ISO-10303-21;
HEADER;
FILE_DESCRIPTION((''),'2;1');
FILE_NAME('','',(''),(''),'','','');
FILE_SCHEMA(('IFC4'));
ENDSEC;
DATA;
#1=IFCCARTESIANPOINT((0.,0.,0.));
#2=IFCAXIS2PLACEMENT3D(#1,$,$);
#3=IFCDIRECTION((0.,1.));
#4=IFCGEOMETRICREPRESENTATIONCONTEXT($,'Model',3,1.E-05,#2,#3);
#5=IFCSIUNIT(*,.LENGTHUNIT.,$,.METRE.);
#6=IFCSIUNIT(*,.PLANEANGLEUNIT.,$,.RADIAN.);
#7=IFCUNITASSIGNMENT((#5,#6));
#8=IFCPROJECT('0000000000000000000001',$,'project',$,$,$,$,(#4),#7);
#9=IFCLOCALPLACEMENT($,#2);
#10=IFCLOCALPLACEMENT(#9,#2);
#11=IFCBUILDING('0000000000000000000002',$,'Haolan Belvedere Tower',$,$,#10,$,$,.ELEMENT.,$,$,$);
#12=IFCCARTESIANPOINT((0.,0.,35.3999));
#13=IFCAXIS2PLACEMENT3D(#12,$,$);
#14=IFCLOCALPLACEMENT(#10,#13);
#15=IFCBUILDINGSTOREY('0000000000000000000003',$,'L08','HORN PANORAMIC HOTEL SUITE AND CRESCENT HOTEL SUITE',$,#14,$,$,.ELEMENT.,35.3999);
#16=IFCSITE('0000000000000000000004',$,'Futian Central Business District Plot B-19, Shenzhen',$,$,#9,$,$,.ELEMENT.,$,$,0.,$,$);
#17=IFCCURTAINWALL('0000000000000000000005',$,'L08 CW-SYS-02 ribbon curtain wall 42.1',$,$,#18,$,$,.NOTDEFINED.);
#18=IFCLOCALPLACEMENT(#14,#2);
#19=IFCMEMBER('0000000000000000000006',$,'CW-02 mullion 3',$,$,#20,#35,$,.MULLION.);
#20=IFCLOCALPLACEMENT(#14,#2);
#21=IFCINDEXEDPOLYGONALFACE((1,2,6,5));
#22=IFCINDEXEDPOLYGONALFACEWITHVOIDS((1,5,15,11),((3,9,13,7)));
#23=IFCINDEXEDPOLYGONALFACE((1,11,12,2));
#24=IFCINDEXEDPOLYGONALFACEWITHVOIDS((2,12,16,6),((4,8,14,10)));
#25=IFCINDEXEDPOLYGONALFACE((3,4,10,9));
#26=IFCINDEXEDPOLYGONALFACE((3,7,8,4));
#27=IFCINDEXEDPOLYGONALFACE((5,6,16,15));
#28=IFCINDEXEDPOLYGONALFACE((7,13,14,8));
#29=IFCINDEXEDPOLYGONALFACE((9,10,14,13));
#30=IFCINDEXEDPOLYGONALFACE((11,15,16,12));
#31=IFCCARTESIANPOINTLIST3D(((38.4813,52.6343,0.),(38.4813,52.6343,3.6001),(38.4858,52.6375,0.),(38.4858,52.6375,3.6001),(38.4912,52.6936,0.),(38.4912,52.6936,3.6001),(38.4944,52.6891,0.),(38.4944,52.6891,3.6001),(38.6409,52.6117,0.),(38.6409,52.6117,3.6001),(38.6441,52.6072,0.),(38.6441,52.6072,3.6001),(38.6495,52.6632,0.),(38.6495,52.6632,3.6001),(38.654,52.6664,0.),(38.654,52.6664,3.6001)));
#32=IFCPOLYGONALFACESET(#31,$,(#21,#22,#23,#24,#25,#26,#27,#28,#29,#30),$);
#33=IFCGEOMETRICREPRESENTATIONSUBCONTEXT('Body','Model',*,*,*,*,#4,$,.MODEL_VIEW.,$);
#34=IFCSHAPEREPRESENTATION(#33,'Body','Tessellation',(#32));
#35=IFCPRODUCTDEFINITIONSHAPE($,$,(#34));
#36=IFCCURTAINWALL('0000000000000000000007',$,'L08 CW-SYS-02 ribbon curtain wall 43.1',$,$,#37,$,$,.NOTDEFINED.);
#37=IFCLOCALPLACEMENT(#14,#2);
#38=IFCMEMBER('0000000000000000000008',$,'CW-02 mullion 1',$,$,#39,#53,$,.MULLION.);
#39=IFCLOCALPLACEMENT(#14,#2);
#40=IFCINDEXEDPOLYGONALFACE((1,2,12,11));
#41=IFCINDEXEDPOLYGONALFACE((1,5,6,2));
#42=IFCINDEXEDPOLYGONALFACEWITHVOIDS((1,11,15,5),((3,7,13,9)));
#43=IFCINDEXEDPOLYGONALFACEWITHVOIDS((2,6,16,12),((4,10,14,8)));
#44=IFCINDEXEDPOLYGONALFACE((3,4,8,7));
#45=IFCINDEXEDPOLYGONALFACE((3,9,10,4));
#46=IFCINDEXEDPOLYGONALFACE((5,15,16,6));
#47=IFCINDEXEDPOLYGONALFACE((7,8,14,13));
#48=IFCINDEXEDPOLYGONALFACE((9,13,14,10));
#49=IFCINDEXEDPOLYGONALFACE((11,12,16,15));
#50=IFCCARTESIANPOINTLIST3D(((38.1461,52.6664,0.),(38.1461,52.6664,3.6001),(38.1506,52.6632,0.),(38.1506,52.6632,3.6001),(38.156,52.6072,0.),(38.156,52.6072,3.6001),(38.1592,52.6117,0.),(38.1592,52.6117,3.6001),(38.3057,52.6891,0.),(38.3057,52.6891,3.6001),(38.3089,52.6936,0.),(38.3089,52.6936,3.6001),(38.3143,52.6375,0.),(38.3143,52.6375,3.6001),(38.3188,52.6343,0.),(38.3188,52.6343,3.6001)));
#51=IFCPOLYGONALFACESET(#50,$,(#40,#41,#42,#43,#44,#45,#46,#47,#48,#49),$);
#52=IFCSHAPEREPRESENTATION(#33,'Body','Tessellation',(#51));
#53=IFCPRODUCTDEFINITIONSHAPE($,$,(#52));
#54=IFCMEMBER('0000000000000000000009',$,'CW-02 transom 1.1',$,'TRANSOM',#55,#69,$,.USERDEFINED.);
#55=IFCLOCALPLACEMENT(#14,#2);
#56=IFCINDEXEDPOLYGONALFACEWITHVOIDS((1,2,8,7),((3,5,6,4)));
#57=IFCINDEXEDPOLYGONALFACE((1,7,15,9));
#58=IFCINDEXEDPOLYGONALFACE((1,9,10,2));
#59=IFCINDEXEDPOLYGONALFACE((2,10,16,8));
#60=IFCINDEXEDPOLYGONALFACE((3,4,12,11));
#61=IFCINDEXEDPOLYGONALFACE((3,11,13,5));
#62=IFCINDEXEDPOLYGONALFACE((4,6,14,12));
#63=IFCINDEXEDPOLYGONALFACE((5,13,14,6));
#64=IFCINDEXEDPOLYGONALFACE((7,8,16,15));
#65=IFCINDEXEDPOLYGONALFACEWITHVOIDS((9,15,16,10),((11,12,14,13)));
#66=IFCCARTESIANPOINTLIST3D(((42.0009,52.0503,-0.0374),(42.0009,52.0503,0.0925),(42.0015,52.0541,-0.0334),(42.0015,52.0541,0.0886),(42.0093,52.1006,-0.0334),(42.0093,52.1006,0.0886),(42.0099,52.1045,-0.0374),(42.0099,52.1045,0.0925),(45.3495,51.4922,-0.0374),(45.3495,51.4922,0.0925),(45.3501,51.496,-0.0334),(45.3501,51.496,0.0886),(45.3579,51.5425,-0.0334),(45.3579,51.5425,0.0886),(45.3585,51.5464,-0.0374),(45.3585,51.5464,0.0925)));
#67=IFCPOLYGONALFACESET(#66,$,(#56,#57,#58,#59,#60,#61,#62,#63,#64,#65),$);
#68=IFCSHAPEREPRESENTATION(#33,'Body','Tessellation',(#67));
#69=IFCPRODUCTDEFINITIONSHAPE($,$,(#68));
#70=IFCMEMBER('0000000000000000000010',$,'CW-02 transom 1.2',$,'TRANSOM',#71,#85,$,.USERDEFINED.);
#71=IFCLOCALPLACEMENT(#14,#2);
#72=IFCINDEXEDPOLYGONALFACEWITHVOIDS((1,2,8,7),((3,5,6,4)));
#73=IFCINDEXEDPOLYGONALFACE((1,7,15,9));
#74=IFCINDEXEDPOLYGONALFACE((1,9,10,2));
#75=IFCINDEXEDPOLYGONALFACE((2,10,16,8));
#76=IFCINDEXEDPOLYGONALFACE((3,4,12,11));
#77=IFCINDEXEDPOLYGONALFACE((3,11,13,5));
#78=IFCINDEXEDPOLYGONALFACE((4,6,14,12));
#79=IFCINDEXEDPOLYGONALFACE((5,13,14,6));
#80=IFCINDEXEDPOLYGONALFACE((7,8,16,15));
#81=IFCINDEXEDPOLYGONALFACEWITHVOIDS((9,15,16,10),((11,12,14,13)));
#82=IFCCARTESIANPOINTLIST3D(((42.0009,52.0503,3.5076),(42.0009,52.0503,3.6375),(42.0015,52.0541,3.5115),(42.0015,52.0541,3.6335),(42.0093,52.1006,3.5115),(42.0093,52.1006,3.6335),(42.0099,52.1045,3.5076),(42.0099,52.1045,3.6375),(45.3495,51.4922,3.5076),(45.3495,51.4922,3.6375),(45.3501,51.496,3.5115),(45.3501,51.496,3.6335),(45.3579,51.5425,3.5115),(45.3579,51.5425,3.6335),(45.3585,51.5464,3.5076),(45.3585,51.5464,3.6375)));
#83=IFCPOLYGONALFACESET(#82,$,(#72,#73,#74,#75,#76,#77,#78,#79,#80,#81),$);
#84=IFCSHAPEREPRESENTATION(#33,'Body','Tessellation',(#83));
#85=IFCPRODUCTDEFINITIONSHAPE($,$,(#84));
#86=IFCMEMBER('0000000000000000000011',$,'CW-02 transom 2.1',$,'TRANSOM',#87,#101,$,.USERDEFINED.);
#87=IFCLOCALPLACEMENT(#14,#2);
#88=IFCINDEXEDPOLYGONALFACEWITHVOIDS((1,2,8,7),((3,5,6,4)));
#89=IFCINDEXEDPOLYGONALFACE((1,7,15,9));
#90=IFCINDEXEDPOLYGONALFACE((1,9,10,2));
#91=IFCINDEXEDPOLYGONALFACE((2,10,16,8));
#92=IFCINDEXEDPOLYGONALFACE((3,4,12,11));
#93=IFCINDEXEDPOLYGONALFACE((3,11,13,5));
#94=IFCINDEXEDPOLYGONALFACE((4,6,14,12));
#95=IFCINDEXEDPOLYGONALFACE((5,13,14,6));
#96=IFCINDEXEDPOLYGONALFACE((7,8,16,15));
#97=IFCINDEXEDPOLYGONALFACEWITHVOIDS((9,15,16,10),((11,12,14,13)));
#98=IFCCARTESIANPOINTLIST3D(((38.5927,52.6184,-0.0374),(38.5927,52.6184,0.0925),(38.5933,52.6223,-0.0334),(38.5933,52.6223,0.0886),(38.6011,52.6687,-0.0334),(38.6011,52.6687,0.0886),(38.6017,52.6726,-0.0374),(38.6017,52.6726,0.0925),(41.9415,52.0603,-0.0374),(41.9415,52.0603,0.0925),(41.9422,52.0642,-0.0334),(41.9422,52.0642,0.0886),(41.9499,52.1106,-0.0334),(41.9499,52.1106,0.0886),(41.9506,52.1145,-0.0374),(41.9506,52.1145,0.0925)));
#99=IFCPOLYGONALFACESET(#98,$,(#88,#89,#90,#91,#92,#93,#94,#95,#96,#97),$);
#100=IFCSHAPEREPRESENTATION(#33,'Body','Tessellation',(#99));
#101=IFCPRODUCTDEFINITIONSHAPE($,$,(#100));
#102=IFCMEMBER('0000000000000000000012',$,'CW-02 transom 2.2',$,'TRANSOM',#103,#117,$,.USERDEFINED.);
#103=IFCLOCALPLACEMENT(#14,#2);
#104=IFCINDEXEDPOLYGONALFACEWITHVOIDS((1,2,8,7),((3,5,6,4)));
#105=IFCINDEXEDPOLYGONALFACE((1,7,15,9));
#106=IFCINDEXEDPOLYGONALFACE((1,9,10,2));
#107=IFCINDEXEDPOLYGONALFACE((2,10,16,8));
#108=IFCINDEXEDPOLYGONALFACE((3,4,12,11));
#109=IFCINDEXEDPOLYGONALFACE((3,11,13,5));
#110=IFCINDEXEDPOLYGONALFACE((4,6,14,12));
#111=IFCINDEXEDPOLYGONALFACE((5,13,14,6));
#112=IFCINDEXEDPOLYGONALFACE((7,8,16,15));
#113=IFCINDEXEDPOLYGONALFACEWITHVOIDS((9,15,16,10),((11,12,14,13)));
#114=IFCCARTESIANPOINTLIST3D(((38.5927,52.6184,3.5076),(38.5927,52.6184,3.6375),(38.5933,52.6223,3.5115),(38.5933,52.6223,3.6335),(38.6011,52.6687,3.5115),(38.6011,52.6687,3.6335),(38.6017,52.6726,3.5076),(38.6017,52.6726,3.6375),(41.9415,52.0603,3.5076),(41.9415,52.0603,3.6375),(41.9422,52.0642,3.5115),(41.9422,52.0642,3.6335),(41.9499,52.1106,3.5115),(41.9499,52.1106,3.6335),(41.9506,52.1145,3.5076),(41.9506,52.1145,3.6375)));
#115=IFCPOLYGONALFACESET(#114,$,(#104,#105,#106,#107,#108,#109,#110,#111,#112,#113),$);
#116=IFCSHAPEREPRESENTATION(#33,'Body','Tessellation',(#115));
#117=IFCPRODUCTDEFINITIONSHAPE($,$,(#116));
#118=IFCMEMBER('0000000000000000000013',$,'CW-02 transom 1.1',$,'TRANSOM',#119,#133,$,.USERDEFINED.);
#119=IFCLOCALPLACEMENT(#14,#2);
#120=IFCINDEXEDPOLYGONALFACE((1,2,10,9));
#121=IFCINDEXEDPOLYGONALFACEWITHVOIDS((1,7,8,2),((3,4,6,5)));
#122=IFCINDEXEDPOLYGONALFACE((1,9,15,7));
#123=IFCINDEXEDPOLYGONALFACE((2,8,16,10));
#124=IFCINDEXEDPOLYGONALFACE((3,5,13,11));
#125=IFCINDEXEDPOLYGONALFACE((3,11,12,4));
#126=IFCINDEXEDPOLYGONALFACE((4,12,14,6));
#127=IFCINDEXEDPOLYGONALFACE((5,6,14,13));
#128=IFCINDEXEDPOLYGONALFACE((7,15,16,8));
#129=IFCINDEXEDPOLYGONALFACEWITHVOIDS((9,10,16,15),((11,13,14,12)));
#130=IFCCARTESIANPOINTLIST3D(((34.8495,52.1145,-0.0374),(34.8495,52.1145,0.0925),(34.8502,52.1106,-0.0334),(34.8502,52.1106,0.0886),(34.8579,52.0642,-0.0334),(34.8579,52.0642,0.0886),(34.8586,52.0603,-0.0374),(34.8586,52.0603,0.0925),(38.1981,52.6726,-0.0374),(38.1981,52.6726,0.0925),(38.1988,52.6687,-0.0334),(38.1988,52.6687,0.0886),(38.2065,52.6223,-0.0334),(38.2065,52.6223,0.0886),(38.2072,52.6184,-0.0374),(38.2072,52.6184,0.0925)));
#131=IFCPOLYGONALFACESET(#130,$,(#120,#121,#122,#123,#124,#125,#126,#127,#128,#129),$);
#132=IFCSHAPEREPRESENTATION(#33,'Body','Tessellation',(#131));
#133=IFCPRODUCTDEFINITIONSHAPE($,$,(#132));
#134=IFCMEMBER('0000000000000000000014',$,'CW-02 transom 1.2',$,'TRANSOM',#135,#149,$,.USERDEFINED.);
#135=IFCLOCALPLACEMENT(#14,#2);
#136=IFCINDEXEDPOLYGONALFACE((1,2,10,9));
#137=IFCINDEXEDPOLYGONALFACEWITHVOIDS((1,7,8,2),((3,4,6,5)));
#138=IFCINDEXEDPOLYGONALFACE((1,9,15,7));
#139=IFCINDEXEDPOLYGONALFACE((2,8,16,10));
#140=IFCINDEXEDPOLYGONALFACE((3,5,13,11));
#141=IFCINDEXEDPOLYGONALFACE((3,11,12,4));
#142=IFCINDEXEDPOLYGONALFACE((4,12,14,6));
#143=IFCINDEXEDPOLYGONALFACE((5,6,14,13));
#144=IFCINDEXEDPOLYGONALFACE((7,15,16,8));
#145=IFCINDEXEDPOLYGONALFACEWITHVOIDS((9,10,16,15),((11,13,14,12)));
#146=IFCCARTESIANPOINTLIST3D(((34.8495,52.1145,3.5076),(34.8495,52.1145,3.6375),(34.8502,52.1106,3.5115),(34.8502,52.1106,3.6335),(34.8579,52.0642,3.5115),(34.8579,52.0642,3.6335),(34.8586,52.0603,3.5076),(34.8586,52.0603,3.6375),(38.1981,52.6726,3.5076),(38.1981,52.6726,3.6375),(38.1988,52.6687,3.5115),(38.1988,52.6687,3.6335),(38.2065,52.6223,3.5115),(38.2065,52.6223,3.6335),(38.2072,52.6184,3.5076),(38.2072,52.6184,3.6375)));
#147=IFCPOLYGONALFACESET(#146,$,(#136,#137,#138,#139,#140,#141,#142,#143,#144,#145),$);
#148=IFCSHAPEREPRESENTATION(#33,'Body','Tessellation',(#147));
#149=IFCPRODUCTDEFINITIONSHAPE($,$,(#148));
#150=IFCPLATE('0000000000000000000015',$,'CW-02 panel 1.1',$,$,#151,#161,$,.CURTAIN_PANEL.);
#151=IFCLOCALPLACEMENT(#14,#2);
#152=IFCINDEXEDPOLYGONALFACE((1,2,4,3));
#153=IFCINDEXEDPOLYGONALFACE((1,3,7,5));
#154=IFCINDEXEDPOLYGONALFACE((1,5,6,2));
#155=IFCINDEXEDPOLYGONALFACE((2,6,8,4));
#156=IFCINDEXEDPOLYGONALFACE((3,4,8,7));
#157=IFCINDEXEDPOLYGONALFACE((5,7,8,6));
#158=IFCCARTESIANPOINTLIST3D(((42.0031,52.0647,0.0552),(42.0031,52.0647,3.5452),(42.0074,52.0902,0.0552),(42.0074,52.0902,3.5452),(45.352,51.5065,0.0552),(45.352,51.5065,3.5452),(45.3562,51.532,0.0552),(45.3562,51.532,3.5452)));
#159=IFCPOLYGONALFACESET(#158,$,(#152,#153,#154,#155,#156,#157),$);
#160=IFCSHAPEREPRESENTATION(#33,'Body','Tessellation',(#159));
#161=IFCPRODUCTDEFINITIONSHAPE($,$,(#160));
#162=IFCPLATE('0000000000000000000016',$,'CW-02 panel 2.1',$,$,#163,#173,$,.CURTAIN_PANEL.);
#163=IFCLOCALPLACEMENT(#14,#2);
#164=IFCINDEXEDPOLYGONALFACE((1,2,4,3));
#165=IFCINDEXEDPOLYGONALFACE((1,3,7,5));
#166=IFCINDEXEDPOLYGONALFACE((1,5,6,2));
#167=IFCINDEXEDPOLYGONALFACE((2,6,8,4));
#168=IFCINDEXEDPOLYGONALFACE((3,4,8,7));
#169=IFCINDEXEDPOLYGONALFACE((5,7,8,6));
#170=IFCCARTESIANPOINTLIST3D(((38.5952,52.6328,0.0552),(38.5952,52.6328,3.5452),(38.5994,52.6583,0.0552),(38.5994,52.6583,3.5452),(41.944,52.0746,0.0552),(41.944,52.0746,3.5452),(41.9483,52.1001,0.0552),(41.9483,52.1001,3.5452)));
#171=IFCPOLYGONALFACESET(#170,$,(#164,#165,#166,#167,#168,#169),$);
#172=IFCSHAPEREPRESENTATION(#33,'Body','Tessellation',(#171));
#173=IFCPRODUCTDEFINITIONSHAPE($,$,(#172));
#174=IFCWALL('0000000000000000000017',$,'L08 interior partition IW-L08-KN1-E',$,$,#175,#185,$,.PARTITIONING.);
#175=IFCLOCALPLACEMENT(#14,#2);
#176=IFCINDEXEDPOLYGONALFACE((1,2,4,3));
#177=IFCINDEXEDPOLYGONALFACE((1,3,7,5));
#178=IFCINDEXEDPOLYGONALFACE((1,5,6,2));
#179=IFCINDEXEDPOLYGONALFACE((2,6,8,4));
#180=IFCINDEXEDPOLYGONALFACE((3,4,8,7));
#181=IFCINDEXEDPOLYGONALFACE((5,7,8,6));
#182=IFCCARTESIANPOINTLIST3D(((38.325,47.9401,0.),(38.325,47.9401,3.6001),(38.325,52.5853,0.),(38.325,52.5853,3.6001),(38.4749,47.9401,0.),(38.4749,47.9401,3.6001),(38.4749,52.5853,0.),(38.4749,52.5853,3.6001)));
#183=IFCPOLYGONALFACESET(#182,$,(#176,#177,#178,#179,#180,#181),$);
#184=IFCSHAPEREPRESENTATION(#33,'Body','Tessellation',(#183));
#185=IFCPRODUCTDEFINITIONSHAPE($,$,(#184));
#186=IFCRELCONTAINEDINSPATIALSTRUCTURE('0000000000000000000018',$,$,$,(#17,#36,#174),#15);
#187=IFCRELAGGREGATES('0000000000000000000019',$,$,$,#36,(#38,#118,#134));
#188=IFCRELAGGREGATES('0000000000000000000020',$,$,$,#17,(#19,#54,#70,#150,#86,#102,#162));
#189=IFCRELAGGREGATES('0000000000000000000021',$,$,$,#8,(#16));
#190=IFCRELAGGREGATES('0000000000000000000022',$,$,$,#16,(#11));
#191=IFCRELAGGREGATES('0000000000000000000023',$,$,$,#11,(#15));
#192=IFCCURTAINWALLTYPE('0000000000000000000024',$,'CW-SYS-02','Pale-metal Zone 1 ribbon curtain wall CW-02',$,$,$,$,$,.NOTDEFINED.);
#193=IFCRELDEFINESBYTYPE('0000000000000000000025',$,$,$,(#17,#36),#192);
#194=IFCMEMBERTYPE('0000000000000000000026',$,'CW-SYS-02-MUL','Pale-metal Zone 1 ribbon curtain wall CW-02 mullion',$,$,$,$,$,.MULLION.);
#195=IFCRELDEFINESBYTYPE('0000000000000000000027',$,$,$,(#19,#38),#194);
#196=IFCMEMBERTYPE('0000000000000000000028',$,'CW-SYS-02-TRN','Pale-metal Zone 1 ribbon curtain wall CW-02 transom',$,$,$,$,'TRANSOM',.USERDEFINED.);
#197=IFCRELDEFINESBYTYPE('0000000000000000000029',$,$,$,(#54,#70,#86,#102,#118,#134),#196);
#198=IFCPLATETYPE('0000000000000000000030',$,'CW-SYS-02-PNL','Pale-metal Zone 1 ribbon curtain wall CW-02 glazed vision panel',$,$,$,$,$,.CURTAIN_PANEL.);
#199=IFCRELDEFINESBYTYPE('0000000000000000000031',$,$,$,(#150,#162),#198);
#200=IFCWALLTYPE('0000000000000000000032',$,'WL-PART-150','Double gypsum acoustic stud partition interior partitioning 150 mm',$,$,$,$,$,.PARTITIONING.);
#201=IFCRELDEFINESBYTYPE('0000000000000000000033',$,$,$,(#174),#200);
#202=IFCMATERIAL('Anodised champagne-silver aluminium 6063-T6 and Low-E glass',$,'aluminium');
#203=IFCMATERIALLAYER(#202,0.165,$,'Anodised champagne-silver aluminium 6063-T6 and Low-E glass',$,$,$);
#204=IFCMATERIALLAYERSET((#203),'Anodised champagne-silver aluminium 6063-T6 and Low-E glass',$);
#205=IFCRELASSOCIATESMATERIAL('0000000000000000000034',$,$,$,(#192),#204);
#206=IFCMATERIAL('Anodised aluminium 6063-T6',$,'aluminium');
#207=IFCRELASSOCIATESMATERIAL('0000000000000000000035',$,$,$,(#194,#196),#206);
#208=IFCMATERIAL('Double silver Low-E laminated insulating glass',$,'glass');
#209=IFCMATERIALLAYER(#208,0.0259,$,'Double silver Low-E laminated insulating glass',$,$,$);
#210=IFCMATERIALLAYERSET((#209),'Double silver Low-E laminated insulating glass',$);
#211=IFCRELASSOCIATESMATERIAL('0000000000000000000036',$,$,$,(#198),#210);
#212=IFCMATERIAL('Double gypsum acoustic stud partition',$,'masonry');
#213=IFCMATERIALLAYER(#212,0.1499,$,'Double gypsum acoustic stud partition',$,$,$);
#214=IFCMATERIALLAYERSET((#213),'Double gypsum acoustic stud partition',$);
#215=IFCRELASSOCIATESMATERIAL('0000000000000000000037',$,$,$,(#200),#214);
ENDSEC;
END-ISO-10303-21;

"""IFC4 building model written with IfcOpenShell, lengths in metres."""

from ifc_helpers import new_model, si_unit, direction, frame, frame_2d, origin, origin_2d, place, context, subcontext, project, spatial, rectangle, hollow_rectangle, extrude, material, layer, layer_set, material_profile, profile_set, type_object, element, aggregate, save


model = new_model("IFC4")

# Units and contexts
model_context = context("Model", 3, precision=1e-05, world=origin(), true_north=direction((0.0, 1.0)))
body_context = subcontext(model_context, "Body", "Model", "MODEL_VIEW")
ifc_project = project(units=[si_unit("LENGTHUNIT", "METRE"), si_unit("PLANEANGLEUNIT", "RADIAN")], contexts=[model_context])

# Site, building, storey
site_placement = place(None, origin())
site = spatial("IfcSite", under=ifc_project, at=site_placement, Name="Futian Central Business District Plot B-19, Shenzhen", CompositionType="ELEMENT", RefElevation=0.0)
building_placement = place(site_placement, origin())
building = spatial("IfcBuilding", under=site, at=building_placement, Name="Haolan Belvedere Tower", CompositionType="ELEMENT")
storey_placement = place(building_placement, frame((0.0, 0.0, 35.3999)))
storey = spatial("IfcBuildingStorey", under=building, at=storey_placement, Name="L08", Description="HORN PANORAMIC HOTEL SUITE AND CRESCENT HOTEL SUITE", CompositionType="ELEMENT", Elevation=35.3999)

# Curtain wall, member
ifc_material_1 = material(Name="Anodised champagne-silver aluminium 6063-T6 and Low-E glass", Category="aluminium")
ifc_layer_1 = layer(ifc_material_1, 0.165, Name="Anodised champagne-silver aluminium 6063-T6 and Low-E glass")
ifc_layer_set_1 = layer_set([ifc_layer_1], Name="Anodised champagne-silver aluminium 6063-T6 and Low-E glass")
curtain_wall_type = type_object("IfcCurtainWallType", Name="CW-SYS-02", Description="Pale-metal Zone 1 ribbon curtain wall CW-02", PredefinedType="NOTDEFINED", material=ifc_layer_set_1)
curtain_wall_1_placement = place(storey_placement, origin())
curtain_wall_1 = element("IfcCurtainWall", 1, at=curtain_wall_1_placement, inside=storey, type_object=curtain_wall_type, Name="L08 CW-SYS-02 ribbon curtain wall 42.1", PredefinedType="NOTDEFINED")
ifc_material_2 = material(Name="Anodised aluminium 6063-T6", Category="aluminium")
ifc_material_profile_1 = material_profile(ifc_material_2, hollow_rectangle(XDim=0.0601, YDim=0.165, WallThickness=0.0039, at=origin_2d()), Name="Anodised aluminium 6063-T6")
ifc_profile_set_1 = profile_set([ifc_material_profile_1], Name="Anodised aluminium 6063-T6")
member_type_1 = type_object("IfcMemberType", Name="CW-SYS-02-MUL", Description="Pale-metal Zone 1 ribbon curtain wall CW-02 mullion", PredefinedType="MULLION", material=ifc_profile_set_1)
member_1_placement = place(storey_placement, frame((38.5676, 52.6504, 0.0), z_axis=(0.0, 0.0, 1.0), x_axis=(-0.164404, -0.986393, 0.0)))
member_1 = element("IfcMember", 2, at=member_1_placement, type_object=member_type_1, Name="CW-02 mullion 3", PredefinedType="MULLION", context=body_context, shape_type="SweptSolid", body=[
    extrude(hollow_rectangle(XDim=0.0601, YDim=0.165, WallThickness=0.0039, at=origin_2d()), origin(), (0.0, 0.0, 1.0), 3.6001),
])

# Curtain wall, member
curtain_wall_2_placement = place(storey_placement, origin())
curtain_wall_2 = element("IfcCurtainWall", 3, at=curtain_wall_2_placement, inside=storey, type_object=curtain_wall_type, Name="L08 CW-SYS-02 ribbon curtain wall 43.1", PredefinedType="NOTDEFINED")
member_2_placement = place(storey_placement, frame((38.2324, 52.6504, 0.0), z_axis=(0.0, 0.0, 1.0), x_axis=(0.164404, -0.986393, 0.0)))
member_2 = element("IfcMember", 4, at=member_2_placement, type_object=member_type_1, Name="CW-02 mullion 1", PredefinedType="MULLION", context=body_context, shape_type="SweptSolid", body=[
    extrude(hollow_rectangle(XDim=0.0601, YDim=0.165, WallThickness=0.0039, at=origin_2d()), origin(), (0.0, 0.0, 1.0), 3.6001),
])

# Members
ifc_material_profile_2 = material_profile(ifc_material_2, hollow_rectangle(XDim=0.0549, YDim=0.1299, WallThickness=0.0039, at=origin_2d()), Name="Anodised aluminium 6063-T6")
ifc_profile_set_2 = profile_set([ifc_material_profile_2], Name="Anodised aluminium 6063-T6")
member_type_2 = type_object("IfcMemberType", Name="CW-SYS-02-TRN", Description="Pale-metal Zone 1 ribbon curtain wall CW-02 transom", ElementType="TRANSOM", PredefinedType="USERDEFINED", material=ifc_profile_set_2)
member_3_placement = place(storey_placement, frame((45.354, 51.5193, 0.0276), z_axis=(-0.986394, 0.164399, 0.0), x_axis=(-0.164399, -0.986394, 0.0)))
member_3 = element("IfcMember", 5, at=member_3_placement, type_object=member_type_2, Name="CW-02 transom 1.1", ObjectType="TRANSOM", PredefinedType="USERDEFINED", context=body_context, shape_type="SweptSolid", body=[
    extrude(hollow_rectangle(XDim=0.0549, YDim=0.1299, WallThickness=0.0039, at=origin_2d()), origin(), (0.0, 0.0, 1.0), 3.3948),
])
member_4_placement = place(storey_placement, frame((45.354, 51.5193, 3.5725), z_axis=(-0.986394, 0.164399, 0.0), x_axis=(-0.164399, -0.986394, 0.0)))
member_4 = element("IfcMember", 6, at=member_4_placement, type_object=member_type_2, Name="CW-02 transom 1.2", ObjectType="TRANSOM", PredefinedType="USERDEFINED", context=body_context, shape_type="SweptSolid", body=[
    extrude(hollow_rectangle(XDim=0.0549, YDim=0.1299, WallThickness=0.0039, at=origin_2d()), origin(), (0.0, 0.0, 1.0), 3.3948),
])
member_5_placement = place(storey_placement, frame((41.946, 52.0874, 0.0276), z_axis=(-0.986396, 0.164387, 0.0), x_axis=(-0.164387, -0.986396, 0.0)))
member_5 = element("IfcMember", 7, at=member_5_placement, type_object=member_type_2, Name="CW-02 transom 2.1", ObjectType="TRANSOM", PredefinedType="USERDEFINED", context=body_context, shape_type="SweptSolid", body=[
    extrude(hollow_rectangle(XDim=0.0549, YDim=0.1299, WallThickness=0.0039, at=origin_2d()), origin(), (0.0, 0.0, 1.0), 3.395),
])
member_6_placement = place(storey_placement, frame((41.946, 52.0874, 3.5725), z_axis=(-0.986396, 0.164387, 0.0), x_axis=(-0.164387, -0.986396, 0.0)))
member_6 = element("IfcMember", 8, at=member_6_placement, type_object=member_type_2, Name="CW-02 transom 2.2", ObjectType="TRANSOM", PredefinedType="USERDEFINED", context=body_context, shape_type="SweptSolid", body=[
    extrude(hollow_rectangle(XDim=0.0549, YDim=0.1299, WallThickness=0.0039, at=origin_2d()), origin(), (0.0, 0.0, 1.0), 3.395),
])
member_7_placement = place(storey_placement, frame((38.2026, 52.6455, 0.0276), z_axis=(-0.986394, -0.164399, 0.0), x_axis=(0.164399, -0.986394, 0.0)))
member_7 = element("IfcMember", 9, at=member_7_placement, type_object=member_type_2, Name="CW-02 transom 1.1", ObjectType="TRANSOM", PredefinedType="USERDEFINED", context=body_context, shape_type="SweptSolid", body=[
    extrude(hollow_rectangle(XDim=0.0549, YDim=0.1299, WallThickness=0.0039, at=origin_2d()), origin(), (0.0, 0.0, 1.0), 3.3948),
])
member_8_placement = place(storey_placement, frame((38.2026, 52.6455, 3.5725), z_axis=(-0.986394, -0.164399, 0.0), x_axis=(0.164399, -0.986394, 0.0)))
member_8 = element("IfcMember", 10, at=member_8_placement, type_object=member_type_2, Name="CW-02 transom 1.2", ObjectType="TRANSOM", PredefinedType="USERDEFINED", context=body_context, shape_type="SweptSolid", body=[
    extrude(hollow_rectangle(XDim=0.0549, YDim=0.1299, WallThickness=0.0039, at=origin_2d()), origin(), (0.0, 0.0, 1.0), 3.3948),
])
aggregate(curtain_wall_2, [member_2, member_7, member_8])

# Plates
ifc_material_3 = material(Name="Double silver Low-E laminated insulating glass", Category="glass")
ifc_layer_2 = layer(ifc_material_3, 0.0259, Name="Double silver Low-E laminated insulating glass")
ifc_layer_set_2 = layer_set([ifc_layer_2], Name="Double silver Low-E laminated insulating glass")
plate_type = type_object("IfcPlateType", Name="CW-SYS-02-PNL", Description="Pale-metal Zone 1 ribbon curtain wall CW-02 glazed vision panel", PredefinedType="CURTAIN_PANEL", material=ifc_layer_set_2)
plate_1_placement = place(storey_placement, frame((43.6797, 51.7983, 0.0552), z_axis=(0.0, 0.0, 1.0), x_axis=(-0.986393, 0.164404, 0.0)))
plate_1 = element("IfcPlate", 11, at=plate_1_placement, type_object=plate_type, Name="CW-02 panel 1.1", PredefinedType="CURTAIN_PANEL", context=body_context, shape_type="SweptSolid", body=[
    extrude(rectangle(XDim=3.395, YDim=0.0259, at=origin_2d()), origin(), (0.0, 0.0, 1.0), 3.49),
])
plate_2_placement = place(storey_placement, frame((40.2717, 52.3665, 0.0552), z_axis=(0.0, 0.0, 1.0), x_axis=(-0.986393, 0.164404, 0.0)))
plate_2 = element("IfcPlate", 12, at=plate_2_placement, type_object=plate_type, Name="CW-02 panel 2.1", PredefinedType="CURTAIN_PANEL", context=body_context, shape_type="SweptSolid", body=[
    extrude(rectangle(XDim=3.395, YDim=0.0259, at=origin_2d()), origin(), (0.0, 0.0, 1.0), 3.49),
])
aggregate(curtain_wall_1, [member_1, member_3, member_4, plate_1, member_5, member_6, plate_2])

# Wall
ifc_material_4 = material(Name="Double gypsum acoustic stud partition", Category="masonry")
ifc_layer_3 = layer(ifc_material_4, 0.1499, Name="Double gypsum acoustic stud partition")
ifc_layer_set_3 = layer_set([ifc_layer_3], Name="Double gypsum acoustic stud partition")
wall_type_1 = type_object("IfcWallType", Name="WL-PART-150", Description="Double gypsum acoustic stud partition interior partitioning 150 mm", PredefinedType="PARTITIONING", material=ifc_layer_set_3)
wall_1_placement = place(storey_placement, frame((38.3999, 47.9399, 0.0), z_axis=(0.0, 0.0, 1.0), x_axis=(0.0, 1.0, 0.0)))
element("IfcWall", 13, at=wall_1_placement, inside=storey, type_object=wall_type_1, Name="L08 interior partition IW-L08-KN1-E", PredefinedType="PARTITIONING", context=body_context, shape_type="SweptSolid", body=[
    extrude(rectangle(XDim=4.6453, YDim=0.1499, at=frame_2d((2.3228, 0.0))), origin(), (0.0, 0.0, 1.0), 3.6001),
])

save(model, "model.ifc")
